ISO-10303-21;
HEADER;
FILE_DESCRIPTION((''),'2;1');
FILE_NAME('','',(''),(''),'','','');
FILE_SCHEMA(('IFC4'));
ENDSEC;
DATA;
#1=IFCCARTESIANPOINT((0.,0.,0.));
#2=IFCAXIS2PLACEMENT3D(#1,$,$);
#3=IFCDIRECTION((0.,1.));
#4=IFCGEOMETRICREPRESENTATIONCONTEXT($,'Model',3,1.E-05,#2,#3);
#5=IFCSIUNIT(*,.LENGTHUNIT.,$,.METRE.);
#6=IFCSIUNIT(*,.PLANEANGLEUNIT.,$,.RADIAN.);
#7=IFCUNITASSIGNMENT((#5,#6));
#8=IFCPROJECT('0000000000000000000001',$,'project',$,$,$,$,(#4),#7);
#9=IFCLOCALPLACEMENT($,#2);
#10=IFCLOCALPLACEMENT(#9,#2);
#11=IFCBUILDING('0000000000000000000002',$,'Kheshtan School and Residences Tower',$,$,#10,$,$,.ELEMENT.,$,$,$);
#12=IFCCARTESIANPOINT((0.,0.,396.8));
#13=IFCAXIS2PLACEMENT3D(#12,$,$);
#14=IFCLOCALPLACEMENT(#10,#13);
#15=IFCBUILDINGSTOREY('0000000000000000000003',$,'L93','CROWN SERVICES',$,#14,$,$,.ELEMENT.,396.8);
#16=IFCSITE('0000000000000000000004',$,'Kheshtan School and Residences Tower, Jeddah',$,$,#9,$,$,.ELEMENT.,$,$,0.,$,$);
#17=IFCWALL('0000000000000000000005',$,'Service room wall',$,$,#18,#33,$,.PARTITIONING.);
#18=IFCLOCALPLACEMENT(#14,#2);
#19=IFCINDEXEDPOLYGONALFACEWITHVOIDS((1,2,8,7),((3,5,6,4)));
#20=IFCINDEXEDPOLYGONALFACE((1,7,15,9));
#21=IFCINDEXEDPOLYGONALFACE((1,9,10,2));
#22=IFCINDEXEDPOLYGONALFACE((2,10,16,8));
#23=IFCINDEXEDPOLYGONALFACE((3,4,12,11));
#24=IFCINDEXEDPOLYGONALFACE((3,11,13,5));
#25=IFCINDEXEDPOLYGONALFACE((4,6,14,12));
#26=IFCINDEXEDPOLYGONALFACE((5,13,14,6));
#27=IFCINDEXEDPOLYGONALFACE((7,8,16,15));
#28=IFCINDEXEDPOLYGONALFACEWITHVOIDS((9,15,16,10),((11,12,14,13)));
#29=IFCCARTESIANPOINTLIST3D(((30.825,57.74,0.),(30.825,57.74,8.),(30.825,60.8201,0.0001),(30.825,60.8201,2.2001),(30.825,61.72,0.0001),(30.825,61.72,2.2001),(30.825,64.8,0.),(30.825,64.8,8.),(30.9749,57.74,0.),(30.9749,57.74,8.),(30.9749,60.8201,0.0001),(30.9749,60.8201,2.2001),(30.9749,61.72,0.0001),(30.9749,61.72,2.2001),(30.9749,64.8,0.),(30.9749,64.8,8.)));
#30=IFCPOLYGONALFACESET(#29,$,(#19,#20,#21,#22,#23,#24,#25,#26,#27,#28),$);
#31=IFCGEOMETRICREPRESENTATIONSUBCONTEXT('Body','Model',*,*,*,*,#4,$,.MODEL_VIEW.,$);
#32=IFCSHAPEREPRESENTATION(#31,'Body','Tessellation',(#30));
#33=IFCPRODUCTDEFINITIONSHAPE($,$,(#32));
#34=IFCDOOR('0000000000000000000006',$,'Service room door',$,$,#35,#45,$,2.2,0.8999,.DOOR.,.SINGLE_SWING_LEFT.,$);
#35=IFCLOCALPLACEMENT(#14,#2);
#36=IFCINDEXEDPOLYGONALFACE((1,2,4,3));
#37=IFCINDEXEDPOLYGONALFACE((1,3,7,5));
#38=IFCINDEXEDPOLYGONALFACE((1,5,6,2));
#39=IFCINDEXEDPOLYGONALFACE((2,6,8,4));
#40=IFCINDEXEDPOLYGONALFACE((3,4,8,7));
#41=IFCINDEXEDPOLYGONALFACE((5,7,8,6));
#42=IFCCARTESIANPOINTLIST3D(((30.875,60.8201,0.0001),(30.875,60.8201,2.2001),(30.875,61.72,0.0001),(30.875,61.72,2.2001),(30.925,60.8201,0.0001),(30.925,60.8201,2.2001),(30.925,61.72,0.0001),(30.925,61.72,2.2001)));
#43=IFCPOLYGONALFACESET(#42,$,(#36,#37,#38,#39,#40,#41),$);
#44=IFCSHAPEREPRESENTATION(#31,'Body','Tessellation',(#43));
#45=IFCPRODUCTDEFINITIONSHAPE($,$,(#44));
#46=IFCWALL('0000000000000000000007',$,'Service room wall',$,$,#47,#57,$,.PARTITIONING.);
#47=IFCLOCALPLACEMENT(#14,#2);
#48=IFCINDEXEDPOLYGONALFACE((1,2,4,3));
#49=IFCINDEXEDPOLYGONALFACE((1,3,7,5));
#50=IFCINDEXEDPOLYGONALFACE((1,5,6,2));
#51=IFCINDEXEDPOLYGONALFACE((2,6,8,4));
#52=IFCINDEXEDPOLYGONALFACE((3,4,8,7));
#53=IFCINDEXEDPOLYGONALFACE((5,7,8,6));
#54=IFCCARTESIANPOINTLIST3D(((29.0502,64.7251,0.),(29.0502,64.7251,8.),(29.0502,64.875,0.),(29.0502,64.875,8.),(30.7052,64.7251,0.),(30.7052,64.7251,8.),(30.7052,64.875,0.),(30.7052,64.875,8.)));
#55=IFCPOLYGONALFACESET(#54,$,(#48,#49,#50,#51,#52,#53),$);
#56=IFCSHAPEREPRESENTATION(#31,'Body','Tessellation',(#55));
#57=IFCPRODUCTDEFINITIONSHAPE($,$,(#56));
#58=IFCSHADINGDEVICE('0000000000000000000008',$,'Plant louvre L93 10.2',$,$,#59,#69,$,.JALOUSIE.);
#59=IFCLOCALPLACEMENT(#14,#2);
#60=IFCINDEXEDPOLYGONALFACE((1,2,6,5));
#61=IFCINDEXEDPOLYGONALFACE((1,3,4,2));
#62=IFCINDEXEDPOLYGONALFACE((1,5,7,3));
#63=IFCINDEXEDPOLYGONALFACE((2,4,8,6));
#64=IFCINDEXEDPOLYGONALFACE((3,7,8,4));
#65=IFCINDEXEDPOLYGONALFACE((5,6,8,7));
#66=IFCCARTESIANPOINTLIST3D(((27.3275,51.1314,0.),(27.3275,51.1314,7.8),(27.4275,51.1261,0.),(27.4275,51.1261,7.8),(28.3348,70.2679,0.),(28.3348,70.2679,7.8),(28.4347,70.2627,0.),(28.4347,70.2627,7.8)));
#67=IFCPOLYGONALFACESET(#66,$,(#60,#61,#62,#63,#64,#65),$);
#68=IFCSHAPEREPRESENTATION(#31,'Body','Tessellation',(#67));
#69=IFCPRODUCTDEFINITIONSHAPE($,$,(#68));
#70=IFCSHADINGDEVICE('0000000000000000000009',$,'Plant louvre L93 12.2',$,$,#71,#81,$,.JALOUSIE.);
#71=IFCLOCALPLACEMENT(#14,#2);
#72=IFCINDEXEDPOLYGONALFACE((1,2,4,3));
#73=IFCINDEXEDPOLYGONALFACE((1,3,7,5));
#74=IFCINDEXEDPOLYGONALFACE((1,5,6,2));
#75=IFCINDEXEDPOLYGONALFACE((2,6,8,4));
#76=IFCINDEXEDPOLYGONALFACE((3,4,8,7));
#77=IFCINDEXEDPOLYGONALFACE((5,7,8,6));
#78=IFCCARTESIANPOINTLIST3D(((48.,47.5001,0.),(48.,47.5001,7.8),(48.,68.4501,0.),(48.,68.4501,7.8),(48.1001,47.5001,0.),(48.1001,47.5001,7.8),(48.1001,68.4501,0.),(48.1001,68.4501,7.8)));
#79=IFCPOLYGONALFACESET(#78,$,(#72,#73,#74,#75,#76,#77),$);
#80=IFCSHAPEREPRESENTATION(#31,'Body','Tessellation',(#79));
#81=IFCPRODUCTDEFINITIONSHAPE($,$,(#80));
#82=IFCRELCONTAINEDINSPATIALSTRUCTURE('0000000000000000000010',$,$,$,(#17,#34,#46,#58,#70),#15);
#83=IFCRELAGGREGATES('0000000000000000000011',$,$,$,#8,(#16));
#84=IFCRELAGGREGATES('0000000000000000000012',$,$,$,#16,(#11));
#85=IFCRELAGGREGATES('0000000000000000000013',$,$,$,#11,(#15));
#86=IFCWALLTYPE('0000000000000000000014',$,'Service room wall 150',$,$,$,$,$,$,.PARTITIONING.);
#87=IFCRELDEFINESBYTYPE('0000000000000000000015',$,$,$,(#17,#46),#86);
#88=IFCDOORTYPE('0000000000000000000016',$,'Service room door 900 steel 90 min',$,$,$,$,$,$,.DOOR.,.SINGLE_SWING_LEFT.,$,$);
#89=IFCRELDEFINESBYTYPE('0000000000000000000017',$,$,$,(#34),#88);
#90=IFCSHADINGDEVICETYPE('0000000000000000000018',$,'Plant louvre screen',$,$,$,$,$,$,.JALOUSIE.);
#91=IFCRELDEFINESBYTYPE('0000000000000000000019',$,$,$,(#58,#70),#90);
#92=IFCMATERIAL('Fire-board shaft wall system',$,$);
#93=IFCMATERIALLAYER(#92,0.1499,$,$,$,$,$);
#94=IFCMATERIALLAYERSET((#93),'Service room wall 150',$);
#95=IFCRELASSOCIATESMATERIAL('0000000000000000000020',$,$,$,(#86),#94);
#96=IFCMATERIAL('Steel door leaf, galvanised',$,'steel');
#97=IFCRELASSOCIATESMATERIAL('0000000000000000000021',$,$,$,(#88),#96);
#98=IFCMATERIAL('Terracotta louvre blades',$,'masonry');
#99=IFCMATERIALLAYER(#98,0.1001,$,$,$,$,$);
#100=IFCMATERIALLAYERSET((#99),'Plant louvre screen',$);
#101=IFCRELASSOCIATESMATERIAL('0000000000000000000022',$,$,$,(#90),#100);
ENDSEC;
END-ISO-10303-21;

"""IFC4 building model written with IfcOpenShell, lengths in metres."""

from ifc_helpers import new_model, si_unit, direction, frame, frame_2d, origin, origin_2d, place, context, subcontext, project, spatial, rectangle, extrude, source, transform, mapped, material, layer, layer_set, type_object, element, fill, save


model = new_model("IFC4")

# Units and contexts
model_context = context("Model", 3, precision=1e-05, world=origin(), true_north=direction((0.0, 1.0)))
body_context = subcontext(model_context, "Body", "Model", "MODEL_VIEW")
ifc_project = project(units=[si_unit("LENGTHUNIT", "METRE"), si_unit("PLANEANGLEUNIT", "RADIAN")], contexts=[model_context])

# Site, building, storey
site_placement = place(None, origin())
site = spatial("IfcSite", under=ifc_project, at=site_placement, Name="Kheshtan School and Residences Tower, Jeddah", CompositionType="ELEMENT", RefElevation=0.0)
building_placement = place(site_placement, origin())
building = spatial("IfcBuilding", under=site, at=building_placement, Name="Kheshtan School and Residences Tower", CompositionType="ELEMENT")
storey_placement = place(building_placement, frame((0.0, 0.0, 396.8)))
storey = spatial("IfcBuildingStorey", under=building, at=storey_placement, Name="L93", Description="CROWN SERVICES", CompositionType="ELEMENT", Elevation=396.8)

# Shared definitions
ifc_material_1 = material(Name="Fire-board shaft wall system")
ifc_layer_1 = layer(ifc_material_1, 0.1499)
ifc_layer_set_1 = layer_set([ifc_layer_1], Name="Service room wall 150")
wall_type_1 = type_object("IfcWallType", Name="Service room wall 150", PredefinedType="PARTITIONING", material=ifc_layer_set_1)

# Wall, opening, door
wall_1_placement = place(storey_placement, frame((30.8999, 57.74, 0.0), z_axis=(0.0, 0.0, 1.0), x_axis=(0.0, 1.0, 0.0)))
wall_1 = element("IfcWall", 1, at=wall_1_placement, inside=storey, type_object=wall_type_1, Name="Service room wall", PredefinedType="PARTITIONING", context=body_context, shape_type="SweptSolid", body=[
    extrude(rectangle(XDim=7.0601, YDim=0.1499, at=frame_2d((3.53, 0.0))), origin(), (0.0, 0.0, 1.0), 8.0),
])
opening_1_placement = place(wall_1_placement, frame((3.0801, 0.0, 0.0)))
opening_1 = element("IfcOpeningElement", 2, at=opening_1_placement, cuts=wall_1, PredefinedType="OPENING", context=body_context, shape_type="SweptSolid", body=[
    extrude(rectangle(XDim=0.8999, YDim=2.2, at=frame_2d((0.45, 1.1001))), frame((0.0, 0.085, 0.0), z_axis=(0.0, -1.0, 0.0), x_axis=(1.0, 0.0, 0.0)), (0.0, 0.0, 1.0), 0.1699),
])
ifc_material_2 = material(Name="Steel door leaf, galvanised", Category="steel")
door_type_1 = type_object("IfcDoorType", Name="Service room door 900 steel 90 min", OperationType="SINGLE_SWING_LEFT", PredefinedType="DOOR", material=ifc_material_2)
shared_shape_1 = source(origin(), body_context, "Body", "SweptSolid", [
    extrude(rectangle(XDim=0.8999, YDim=2.2, at=frame_2d((0.45, 1.1001))), frame((0.0, 0.0249, 0.0), z_axis=(0.0, -1.0, 0.0), x_axis=(1.0, 0.0, 0.0)), (0.0, 0.0, 1.0), 0.05),
])
door_1_placement = place(opening_1_placement, origin())
door_1 = element("IfcDoor", 3, at=door_1_placement, inside=storey, type_object=door_type_1, Name="Service room door", OperationType="SINGLE_SWING_LEFT", OverallHeight=2.2, OverallWidth=0.8999, PredefinedType="DOOR", context=body_context, shape_type="MappedRepresentation", body=[
    mapped(shared_shape_1, transform((0.0, 0.0, 0.0), x_axis=(1.0, 0.0, 0.0), y_axis=(0.0, 1.0, 0.0), z_axis=(0.0, 0.0, 1.0), scale=1.0)),
])
fill(opening_1, door_1)

# Wall
wall_2_placement = place(storey_placement, frame((29.05, 64.8, 0.0), z_axis=(0.0, 0.0, 1.0), x_axis=(1.0, 0.0, 0.0)))
element("IfcWall", 4, at=wall_2_placement, inside=storey, type_object=wall_type_1, Name="Service room wall", PredefinedType="PARTITIONING", context=body_context, shape_type="SweptSolid", body=[
    extrude(rectangle(XDim=1.655, YDim=0.1499, at=frame_2d((0.8276, 0.0))), origin(), (0.0, 0.0, 1.0), 8.0),
])

# Shading devices
ifc_material_3 = material(Name="Terracotta louvre blades", Category="masonry")
ifc_layer_2 = layer(ifc_material_3, 0.1001)
ifc_layer_set_2 = layer_set([ifc_layer_2], Name="Plant louvre screen")
shading_device_type = type_object("IfcShadingDeviceType", Name="Plant louvre screen", PredefinedType="JALOUSIE", material=ifc_layer_set_2)
shading_device_1_placement = place(storey_placement, frame((27.8811, 60.697, 0.0), z_axis=(0.0, 0.0, 1.0), x_axis=(0.052563, 0.998618, 0.0)))
element("IfcShadingDevice", 5, at=shading_device_1_placement, inside=storey, type_object=shading_device_type, Name="Plant louvre L93 10.2", PredefinedType="JALOUSIE", context=body_context, shape_type="SweptSolid", body=[
    extrude(rectangle(XDim=19.1631, YDim=0.1001, at=origin_2d()), origin(), (0.0, 0.0, 1.0), 7.8),
])
shading_device_2_placement = place(storey_placement, frame((48.05, 57.9751, 0.0), z_axis=(0.0, 0.0, 1.0), x_axis=(0.0, -1.0, 0.0)))
element("IfcShadingDevice", 6, at=shading_device_2_placement, inside=storey, type_object=shading_device_type, Name="Plant louvre L93 12.2", PredefinedType="JALOUSIE", context=body_context, shape_type="SweptSolid", body=[
    extrude(rectangle(XDim=20.95, YDim=0.1001, at=origin_2d()), origin(), (0.0, 0.0, 1.0), 7.8),
])

save(model, "model.ifc")
